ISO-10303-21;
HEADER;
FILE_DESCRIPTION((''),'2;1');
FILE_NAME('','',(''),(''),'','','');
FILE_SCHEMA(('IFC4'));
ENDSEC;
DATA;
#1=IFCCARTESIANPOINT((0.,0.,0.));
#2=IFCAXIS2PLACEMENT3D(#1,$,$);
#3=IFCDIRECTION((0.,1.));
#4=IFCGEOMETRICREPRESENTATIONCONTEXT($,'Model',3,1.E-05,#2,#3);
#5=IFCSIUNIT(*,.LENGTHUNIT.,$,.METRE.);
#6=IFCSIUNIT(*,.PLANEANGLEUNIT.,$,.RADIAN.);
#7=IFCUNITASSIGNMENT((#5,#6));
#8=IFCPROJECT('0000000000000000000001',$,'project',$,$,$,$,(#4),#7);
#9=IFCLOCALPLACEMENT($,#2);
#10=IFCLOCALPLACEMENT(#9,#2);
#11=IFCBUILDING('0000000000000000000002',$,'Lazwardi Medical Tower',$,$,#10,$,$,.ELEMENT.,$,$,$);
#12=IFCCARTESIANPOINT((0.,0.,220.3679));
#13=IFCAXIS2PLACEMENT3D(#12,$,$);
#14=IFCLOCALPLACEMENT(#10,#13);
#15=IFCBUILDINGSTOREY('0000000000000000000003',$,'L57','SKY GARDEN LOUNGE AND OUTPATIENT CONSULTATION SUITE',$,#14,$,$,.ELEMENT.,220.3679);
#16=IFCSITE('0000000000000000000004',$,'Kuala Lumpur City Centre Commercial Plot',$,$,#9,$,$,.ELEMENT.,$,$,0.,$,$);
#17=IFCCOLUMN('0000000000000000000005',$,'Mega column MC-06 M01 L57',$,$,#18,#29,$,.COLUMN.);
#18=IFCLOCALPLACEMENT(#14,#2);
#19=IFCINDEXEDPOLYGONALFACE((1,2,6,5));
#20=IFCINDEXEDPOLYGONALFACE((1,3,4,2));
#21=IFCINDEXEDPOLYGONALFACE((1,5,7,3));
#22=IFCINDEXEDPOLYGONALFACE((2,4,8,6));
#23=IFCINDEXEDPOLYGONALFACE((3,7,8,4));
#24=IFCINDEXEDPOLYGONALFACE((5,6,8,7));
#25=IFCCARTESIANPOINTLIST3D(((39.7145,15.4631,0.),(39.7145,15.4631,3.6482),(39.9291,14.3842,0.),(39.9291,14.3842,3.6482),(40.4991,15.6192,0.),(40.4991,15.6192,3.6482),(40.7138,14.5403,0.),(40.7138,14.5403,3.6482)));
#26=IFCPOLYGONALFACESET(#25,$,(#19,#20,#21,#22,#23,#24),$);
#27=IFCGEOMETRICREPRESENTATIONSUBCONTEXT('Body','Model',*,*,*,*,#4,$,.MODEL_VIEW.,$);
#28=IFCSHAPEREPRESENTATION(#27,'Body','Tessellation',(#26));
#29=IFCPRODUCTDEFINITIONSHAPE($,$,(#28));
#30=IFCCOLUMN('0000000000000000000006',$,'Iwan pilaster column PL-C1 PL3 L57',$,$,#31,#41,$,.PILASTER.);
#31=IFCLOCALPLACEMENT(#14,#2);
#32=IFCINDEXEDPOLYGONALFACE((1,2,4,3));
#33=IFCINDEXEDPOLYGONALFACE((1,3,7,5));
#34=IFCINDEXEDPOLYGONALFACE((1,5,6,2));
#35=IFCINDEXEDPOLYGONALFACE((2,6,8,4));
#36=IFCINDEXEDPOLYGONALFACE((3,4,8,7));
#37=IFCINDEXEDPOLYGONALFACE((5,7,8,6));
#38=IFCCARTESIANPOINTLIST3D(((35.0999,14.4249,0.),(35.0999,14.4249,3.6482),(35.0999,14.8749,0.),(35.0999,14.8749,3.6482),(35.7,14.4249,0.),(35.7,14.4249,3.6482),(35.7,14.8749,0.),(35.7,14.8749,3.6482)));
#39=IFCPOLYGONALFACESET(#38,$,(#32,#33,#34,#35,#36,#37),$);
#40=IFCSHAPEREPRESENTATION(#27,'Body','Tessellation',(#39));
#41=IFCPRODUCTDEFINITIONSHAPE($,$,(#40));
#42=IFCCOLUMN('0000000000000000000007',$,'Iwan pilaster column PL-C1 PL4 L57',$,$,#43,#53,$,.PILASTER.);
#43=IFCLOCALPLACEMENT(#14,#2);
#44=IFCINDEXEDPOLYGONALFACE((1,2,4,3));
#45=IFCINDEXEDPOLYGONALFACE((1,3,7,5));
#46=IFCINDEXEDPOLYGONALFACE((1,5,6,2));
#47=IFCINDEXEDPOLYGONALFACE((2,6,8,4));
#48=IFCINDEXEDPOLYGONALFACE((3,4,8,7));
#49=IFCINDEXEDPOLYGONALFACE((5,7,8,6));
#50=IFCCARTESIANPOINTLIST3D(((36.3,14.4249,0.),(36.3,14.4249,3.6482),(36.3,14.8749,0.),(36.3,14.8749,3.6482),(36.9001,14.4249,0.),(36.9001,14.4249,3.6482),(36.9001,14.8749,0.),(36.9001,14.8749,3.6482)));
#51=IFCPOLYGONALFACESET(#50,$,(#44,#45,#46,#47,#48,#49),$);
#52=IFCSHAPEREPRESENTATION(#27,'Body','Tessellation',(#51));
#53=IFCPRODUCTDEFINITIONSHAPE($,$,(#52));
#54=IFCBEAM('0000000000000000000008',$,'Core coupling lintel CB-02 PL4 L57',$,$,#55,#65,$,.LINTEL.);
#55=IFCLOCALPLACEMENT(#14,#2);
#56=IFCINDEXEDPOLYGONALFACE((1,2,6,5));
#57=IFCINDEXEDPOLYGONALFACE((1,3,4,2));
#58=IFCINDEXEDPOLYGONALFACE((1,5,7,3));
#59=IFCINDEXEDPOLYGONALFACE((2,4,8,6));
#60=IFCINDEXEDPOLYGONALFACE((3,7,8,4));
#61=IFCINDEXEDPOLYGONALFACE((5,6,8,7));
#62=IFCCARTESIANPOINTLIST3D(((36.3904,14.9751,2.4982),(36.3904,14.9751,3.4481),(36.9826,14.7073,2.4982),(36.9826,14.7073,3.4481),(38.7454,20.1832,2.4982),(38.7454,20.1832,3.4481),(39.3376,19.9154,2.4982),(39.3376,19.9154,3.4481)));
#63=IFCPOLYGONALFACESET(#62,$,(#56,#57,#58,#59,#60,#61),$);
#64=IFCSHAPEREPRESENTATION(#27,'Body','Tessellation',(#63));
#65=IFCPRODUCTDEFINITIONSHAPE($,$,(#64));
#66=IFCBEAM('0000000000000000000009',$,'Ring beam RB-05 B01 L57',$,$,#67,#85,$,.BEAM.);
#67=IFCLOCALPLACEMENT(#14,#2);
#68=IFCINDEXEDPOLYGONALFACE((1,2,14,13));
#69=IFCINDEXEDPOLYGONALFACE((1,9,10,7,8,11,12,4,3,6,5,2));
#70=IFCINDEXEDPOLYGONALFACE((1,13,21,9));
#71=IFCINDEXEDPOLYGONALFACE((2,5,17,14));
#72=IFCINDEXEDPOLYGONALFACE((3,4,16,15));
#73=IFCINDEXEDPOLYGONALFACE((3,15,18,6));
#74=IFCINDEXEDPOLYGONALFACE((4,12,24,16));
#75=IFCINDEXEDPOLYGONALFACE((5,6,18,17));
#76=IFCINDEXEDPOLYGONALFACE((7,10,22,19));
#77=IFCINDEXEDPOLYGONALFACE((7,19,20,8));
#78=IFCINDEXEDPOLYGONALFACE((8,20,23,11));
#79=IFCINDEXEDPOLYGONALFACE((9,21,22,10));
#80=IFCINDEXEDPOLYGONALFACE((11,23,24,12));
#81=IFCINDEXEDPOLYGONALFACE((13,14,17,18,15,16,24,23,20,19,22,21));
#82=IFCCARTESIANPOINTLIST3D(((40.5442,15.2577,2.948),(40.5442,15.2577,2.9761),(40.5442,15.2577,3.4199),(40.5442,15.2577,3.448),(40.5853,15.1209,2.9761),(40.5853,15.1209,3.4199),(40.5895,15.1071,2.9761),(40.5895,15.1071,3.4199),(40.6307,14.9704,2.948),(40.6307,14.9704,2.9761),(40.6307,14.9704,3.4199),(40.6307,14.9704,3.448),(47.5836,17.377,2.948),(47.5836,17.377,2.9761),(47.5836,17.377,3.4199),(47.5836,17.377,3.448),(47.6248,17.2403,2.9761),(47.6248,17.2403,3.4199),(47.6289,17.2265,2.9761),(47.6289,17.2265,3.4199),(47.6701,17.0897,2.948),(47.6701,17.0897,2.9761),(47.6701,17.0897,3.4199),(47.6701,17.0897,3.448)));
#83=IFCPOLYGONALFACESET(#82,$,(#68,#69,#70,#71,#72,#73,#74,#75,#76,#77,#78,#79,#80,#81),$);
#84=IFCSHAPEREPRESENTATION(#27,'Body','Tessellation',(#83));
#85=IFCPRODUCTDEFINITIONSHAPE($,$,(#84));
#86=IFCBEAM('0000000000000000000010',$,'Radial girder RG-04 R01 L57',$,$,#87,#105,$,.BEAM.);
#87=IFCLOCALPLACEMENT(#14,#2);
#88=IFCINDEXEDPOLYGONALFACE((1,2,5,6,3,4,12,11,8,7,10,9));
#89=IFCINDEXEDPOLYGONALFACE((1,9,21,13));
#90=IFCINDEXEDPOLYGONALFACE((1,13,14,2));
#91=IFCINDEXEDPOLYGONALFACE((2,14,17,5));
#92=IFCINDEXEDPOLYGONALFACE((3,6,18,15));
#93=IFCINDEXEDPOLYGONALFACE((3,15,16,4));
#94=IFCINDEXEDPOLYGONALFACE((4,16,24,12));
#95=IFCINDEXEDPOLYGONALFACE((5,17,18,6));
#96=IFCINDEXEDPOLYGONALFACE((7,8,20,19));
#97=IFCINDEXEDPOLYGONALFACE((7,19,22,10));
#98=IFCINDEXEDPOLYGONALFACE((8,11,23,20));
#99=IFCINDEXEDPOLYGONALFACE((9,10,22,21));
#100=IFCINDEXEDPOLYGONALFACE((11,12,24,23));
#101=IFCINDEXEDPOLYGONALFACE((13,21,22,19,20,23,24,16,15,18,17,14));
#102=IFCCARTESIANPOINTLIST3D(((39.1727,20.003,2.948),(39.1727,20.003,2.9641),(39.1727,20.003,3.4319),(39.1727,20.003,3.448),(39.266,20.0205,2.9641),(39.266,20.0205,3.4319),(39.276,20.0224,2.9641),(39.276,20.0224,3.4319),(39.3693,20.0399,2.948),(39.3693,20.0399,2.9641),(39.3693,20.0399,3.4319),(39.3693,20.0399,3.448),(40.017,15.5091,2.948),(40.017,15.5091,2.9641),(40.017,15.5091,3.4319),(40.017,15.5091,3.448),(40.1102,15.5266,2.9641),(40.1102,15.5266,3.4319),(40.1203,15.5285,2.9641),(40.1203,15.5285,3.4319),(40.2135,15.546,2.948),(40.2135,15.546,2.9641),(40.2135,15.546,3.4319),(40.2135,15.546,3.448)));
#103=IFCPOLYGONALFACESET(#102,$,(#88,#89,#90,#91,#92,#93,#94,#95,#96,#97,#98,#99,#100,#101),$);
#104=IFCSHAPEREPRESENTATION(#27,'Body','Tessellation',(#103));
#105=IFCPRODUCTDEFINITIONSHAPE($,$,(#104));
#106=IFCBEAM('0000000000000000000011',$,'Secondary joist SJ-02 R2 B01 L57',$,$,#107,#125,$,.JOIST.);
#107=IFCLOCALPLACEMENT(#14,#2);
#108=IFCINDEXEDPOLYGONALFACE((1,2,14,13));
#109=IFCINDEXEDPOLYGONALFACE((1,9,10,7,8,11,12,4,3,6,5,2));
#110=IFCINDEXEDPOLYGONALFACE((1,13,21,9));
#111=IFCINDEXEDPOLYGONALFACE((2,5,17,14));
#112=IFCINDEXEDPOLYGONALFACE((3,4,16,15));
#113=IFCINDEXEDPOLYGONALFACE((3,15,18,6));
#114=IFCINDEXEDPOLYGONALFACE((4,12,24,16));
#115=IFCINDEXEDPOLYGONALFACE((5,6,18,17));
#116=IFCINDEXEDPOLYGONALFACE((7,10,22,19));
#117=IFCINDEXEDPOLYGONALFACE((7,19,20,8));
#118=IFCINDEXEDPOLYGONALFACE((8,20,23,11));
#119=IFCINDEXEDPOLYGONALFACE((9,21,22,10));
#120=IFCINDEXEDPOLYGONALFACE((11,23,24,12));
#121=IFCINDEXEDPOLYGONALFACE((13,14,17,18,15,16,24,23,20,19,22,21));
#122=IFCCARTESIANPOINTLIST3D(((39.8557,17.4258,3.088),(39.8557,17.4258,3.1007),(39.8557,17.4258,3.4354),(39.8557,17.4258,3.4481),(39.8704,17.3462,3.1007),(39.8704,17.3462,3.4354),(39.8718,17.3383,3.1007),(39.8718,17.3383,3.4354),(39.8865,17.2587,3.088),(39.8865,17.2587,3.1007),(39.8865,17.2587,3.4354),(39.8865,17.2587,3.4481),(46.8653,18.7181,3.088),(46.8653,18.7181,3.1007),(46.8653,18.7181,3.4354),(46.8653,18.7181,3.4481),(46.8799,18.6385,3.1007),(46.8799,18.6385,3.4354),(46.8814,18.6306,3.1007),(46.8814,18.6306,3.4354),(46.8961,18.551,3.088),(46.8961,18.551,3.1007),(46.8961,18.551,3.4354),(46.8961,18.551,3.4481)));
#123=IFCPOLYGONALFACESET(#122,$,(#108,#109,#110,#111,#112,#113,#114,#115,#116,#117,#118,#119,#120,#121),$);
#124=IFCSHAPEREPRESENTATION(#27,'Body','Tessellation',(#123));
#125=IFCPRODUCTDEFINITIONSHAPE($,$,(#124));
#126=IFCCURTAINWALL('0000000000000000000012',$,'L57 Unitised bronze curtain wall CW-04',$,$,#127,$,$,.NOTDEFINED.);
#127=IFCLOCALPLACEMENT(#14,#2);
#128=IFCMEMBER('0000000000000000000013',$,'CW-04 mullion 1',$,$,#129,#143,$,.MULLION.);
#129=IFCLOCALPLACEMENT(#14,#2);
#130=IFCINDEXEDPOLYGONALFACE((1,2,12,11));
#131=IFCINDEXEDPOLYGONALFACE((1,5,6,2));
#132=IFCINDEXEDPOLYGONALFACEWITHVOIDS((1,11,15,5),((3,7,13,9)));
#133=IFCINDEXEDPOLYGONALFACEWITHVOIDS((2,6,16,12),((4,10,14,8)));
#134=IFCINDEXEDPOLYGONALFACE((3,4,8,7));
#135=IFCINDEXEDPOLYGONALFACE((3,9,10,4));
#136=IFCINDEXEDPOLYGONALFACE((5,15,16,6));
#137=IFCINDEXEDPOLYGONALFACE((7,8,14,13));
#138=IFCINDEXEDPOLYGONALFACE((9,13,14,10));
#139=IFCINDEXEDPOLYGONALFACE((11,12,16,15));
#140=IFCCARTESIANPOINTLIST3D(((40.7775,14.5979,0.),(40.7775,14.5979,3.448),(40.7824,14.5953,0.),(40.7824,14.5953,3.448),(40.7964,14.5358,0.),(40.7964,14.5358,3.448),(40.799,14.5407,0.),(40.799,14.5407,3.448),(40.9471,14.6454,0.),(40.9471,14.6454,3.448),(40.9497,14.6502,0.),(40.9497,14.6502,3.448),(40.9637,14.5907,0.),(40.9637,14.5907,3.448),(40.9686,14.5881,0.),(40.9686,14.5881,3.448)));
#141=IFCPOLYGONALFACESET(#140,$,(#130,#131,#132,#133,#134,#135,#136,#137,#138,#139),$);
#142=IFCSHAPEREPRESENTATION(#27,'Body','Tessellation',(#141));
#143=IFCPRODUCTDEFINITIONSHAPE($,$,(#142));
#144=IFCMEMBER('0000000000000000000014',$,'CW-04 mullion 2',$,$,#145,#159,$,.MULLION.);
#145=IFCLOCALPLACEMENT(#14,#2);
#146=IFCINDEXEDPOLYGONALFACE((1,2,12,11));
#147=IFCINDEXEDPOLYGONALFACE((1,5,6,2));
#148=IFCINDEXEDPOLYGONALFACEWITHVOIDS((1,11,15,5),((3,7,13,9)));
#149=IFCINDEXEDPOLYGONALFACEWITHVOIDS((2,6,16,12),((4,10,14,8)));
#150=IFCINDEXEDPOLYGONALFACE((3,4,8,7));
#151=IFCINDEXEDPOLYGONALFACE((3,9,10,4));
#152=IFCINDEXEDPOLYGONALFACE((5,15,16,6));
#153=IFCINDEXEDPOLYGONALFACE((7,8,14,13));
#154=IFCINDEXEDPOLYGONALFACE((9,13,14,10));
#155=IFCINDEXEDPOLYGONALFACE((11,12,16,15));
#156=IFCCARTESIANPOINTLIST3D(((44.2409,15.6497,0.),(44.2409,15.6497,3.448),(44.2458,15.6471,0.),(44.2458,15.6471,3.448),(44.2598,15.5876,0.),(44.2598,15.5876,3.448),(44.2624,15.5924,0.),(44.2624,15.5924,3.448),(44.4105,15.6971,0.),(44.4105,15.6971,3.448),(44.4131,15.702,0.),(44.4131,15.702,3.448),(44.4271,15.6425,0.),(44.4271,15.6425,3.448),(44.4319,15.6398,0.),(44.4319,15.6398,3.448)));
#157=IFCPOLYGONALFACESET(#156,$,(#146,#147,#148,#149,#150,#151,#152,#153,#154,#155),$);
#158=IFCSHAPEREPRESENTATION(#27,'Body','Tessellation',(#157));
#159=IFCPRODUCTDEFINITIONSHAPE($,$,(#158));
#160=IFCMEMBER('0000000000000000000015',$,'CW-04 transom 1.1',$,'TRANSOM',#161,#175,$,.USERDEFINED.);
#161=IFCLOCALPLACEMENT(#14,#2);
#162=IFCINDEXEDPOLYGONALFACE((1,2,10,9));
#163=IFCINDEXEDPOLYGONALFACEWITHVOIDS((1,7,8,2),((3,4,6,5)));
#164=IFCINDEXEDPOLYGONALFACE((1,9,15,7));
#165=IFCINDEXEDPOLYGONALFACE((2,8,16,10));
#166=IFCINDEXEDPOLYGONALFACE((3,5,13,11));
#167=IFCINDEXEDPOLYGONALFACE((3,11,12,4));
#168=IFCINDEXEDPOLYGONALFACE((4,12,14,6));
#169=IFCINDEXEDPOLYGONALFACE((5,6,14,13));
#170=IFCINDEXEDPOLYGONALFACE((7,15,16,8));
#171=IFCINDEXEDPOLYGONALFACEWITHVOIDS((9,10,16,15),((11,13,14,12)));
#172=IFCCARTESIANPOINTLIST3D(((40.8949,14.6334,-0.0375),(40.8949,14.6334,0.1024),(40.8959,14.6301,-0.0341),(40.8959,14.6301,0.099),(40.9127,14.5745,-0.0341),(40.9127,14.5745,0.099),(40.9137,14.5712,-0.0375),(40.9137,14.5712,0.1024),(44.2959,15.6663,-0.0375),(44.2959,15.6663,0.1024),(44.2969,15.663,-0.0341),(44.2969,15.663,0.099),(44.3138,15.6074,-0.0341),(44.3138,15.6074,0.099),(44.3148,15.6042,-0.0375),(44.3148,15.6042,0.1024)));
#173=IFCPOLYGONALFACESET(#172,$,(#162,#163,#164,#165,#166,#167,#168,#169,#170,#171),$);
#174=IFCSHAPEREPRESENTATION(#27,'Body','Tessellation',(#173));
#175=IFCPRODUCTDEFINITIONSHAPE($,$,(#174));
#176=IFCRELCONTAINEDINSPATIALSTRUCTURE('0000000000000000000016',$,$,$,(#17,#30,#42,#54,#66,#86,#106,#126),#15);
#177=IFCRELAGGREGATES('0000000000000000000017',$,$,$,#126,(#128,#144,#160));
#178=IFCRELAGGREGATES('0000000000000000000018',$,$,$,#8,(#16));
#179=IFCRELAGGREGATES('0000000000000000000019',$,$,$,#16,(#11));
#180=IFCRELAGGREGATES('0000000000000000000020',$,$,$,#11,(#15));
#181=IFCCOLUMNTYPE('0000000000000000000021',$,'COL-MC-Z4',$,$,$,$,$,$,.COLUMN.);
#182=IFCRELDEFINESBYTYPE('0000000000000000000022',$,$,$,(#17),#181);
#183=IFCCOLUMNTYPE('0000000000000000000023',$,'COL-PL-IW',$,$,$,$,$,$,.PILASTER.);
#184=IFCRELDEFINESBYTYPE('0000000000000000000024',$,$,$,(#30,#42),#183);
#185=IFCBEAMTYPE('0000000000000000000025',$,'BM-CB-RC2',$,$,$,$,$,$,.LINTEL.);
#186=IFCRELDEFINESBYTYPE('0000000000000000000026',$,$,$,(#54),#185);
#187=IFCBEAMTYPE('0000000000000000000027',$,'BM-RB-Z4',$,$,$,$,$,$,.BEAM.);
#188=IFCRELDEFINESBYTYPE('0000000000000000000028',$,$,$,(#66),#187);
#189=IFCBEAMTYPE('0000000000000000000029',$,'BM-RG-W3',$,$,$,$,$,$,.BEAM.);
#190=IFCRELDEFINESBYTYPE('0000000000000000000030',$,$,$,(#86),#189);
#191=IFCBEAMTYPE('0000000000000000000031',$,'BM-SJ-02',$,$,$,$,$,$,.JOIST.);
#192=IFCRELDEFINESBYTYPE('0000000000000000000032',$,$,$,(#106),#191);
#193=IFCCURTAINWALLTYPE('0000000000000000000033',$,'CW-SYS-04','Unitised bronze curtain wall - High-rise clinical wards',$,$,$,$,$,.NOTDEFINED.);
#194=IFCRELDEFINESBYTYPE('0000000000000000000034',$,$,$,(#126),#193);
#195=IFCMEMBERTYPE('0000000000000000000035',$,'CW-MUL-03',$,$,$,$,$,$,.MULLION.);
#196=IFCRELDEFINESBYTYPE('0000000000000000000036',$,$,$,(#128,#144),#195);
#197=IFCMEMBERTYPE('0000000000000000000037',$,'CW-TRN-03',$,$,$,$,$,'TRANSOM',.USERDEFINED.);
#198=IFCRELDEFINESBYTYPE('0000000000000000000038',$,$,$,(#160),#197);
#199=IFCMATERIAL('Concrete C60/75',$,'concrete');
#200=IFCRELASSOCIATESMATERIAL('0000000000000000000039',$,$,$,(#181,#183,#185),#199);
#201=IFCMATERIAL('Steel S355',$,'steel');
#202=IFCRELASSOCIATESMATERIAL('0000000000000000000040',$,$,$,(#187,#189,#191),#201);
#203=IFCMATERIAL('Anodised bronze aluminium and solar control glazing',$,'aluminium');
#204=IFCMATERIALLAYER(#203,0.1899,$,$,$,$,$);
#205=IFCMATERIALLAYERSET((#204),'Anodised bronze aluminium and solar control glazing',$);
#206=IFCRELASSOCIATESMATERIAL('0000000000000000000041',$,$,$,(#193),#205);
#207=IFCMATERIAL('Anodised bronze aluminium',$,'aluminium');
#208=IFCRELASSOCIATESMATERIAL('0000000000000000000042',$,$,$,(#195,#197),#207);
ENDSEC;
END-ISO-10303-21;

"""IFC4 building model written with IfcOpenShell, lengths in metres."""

from ifc_helpers import new_model, si_unit, direction, frame, origin, origin_2d, place, context, subcontext, project, spatial, rectangle, hollow_rectangle, i_section, extrude, material, layer, layer_set, material_profile, profile_set, type_object, element, aggregate, save


model = new_model("IFC4")

# Units and contexts
model_context = context("Model", 3, precision=1e-05, world=origin(), true_north=direction((0.0, 1.0)))
body_context = subcontext(model_context, "Body", "Model", "MODEL_VIEW")
ifc_project = project(units=[si_unit("LENGTHUNIT", "METRE"), si_unit("PLANEANGLEUNIT", "RADIAN")], contexts=[model_context])

# Site, building, storey
site_placement = place(None, origin())
site = spatial("IfcSite", under=ifc_project, at=site_placement, Name="Kuala Lumpur City Centre Commercial Plot", CompositionType="ELEMENT", RefElevation=0.0)
building_placement = place(site_placement, origin())
building = spatial("IfcBuilding", under=site, at=building_placement, Name="Lazwardi Medical Tower", CompositionType="ELEMENT")
storey_placement = place(building_placement, frame((0.0, 0.0, 220.3679)))
storey = spatial("IfcBuildingStorey", under=building, at=storey_placement, Name="L57", Description="SKY GARDEN LOUNGE AND OUTPATIENT CONSULTATION SUITE", CompositionType="ELEMENT", Elevation=220.3679)

# Columns
ifc_material_1 = material(Name="Concrete C60/75", Category="concrete")
ifc_material_profile_1 = material_profile(ifc_material_1, rectangle(XDim=1.1001, YDim=0.8, at=origin_2d()), Name="CFT-RECT 1100x800")
ifc_profile_set_1 = profile_set([ifc_material_profile_1], Name="Concrete C60/75")
column_type_1 = type_object("IfcColumnType", Name="COL-MC-Z4", PredefinedType="COLUMN", material=ifc_profile_set_1)
column_placement = place(storey_placement, frame((40.2141, 15.0017, 0.0), z_axis=(0.0, 0.0, 1.0), x_axis=(0.19509, -0.980785, 0.0)))
element("IfcColumn", 1, at=column_placement, inside=storey, type_object=column_type_1, Name="Mega column MC-06 M01 L57", PredefinedType="COLUMN", context=body_context, shape_type="SweptSolid", body=[
    extrude(rectangle(XDim=1.1001, YDim=0.8, at=origin_2d()), origin(), (0.0, 0.0, 1.0), 3.6482),
])
ifc_material_profile_2 = material_profile(ifc_material_1, rectangle(XDim=0.6001, YDim=0.45, at=origin_2d()), Name="RC 600x450")
ifc_profile_set_2 = profile_set([ifc_material_profile_2], Name="Concrete C60/75")
column_type_2 = type_object("IfcColumnType", Name="COL-PL-IW", PredefinedType="PILASTER", material=ifc_profile_set_2)
for number, where, z_axis, x_axis, name in (
    (2, (35.3999, 14.6499, 0.0), (0.0, 0.0, 1.0), (1.0, 0.0, 0.0), "Iwan pilaster column PL-C1 PL3 L57"),
    (3, (36.6001, 14.6499, 0.0), (0.0, 0.0, 1.0), (1.0, 0.0, 0.0), "Iwan pilaster column PL-C1 PL4 L57"),
):
    element("IfcColumn", number, at=place(storey_placement, frame(where, z_axis=z_axis, x_axis=x_axis)), inside=storey, type_object=column_type_2, Name=name, PredefinedType="PILASTER", context=body_context, shape_type="SweptSolid", body=[
        extrude(rectangle(XDim=0.6001, YDim=0.45, at=origin_2d()), origin(), (0.0, 0.0, 1.0), 3.6482),
    ])

# Beams
ifc_material_profile_3 = material_profile(ifc_material_1, rectangle(XDim=0.6499, YDim=0.95, at=origin_2d()), Name="RC 650x950")
ifc_profile_set_3 = profile_set([ifc_material_profile_3], Name="Concrete C60/75")
beam_type_1 = type_object("IfcBeamType", Name="BM-CB-RC2", PredefinedType="LINTEL", material=ifc_profile_set_3)
beam_1_placement = place(storey_placement, frame((39.0415, 20.0493, 2.9731), z_axis=(-0.412019, -0.911175, 0.0), x_axis=(0.911175, -0.412019, 0.0)))
element("IfcBeam", 4, at=beam_1_placement, inside=storey, type_object=beam_type_1, Name="Core coupling lintel CB-02 PL4 L57", PredefinedType="LINTEL", context=body_context, shape_type="SweptSolid", body=[
    extrude(rectangle(XDim=0.6499, YDim=0.95, at=origin_2d()), origin(), (0.0, 0.0, 1.0), 5.7158),
])
ifc_material_2 = material(Name="Steel S355", Category="steel")
ifc_material_profile_4 = material_profile(ifc_material_2, i_section(OverallWidth=0.3, OverallDepth=0.5, WebThickness=0.0144, FlangeThickness=0.0281, at=origin_2d()), Name="HEB 500")
ifc_profile_set_4 = profile_set([ifc_material_profile_4], Name="Steel S355")
beam_type_2 = type_object("IfcBeamType", Name="BM-RB-Z4", PredefinedType="BEAM", material=ifc_profile_set_4)
beam_2_placement = place(storey_placement, frame((40.5874, 15.114, 3.198), z_axis=(0.957544, 0.288286, 0.0), x_axis=(-0.288286, 0.957544, 0.0)))
element("IfcBeam", 5, at=beam_2_placement, inside=storey, type_object=beam_type_2, Name="Ring beam RB-05 B01 L57", PredefinedType="BEAM", context=body_context, shape_type="SweptSolid", body=[
    extrude(i_section(OverallWidth=0.3, OverallDepth=0.5, WebThickness=0.0144, FlangeThickness=0.0281, at=origin_2d()), origin(), (0.0, 0.0, 1.0), 7.3516),
])
ifc_material_profile_5 = material_profile(ifc_material_2, i_section(OverallWidth=0.2, OverallDepth=0.5, WebThickness=0.0103, FlangeThickness=0.0161, at=origin_2d()), Name="IPE 500")
ifc_profile_set_5 = profile_set([ifc_material_profile_5], Name="Steel S355")
beam_type_3 = type_object("IfcBeamType", Name="BM-RG-W3", PredefinedType="BEAM", material=ifc_profile_set_5)
beam_3_placement = place(storey_placement, frame((40.1152, 15.5276, 3.198), z_axis=(-0.184633, 0.982807, 0.0), x_axis=(-0.982807, -0.184633, 0.0)))
element("IfcBeam", 6, at=beam_3_placement, inside=storey, type_object=beam_type_3, Name="Radial girder RG-04 R01 L57", PredefinedType="BEAM", context=body_context, shape_type="SweptSolid", body=[
    extrude(i_section(OverallWidth=0.2, OverallDepth=0.5, WebThickness=0.0103, FlangeThickness=0.0161, at=origin_2d()), origin(), (0.0, 0.0, 1.0), 4.5725),
])
ifc_material_profile_6 = material_profile(ifc_material_2, i_section(OverallWidth=0.1699, OverallDepth=0.3601, WebThickness=0.0081, FlangeThickness=0.0127, at=origin_2d()), Name="IPE 360")
ifc_profile_set_6 = profile_set([ifc_material_profile_6], Name="Steel S355")
beam_type_4 = type_object("IfcBeamType", Name="BM-SJ-02", PredefinedType="JOIST", material=ifc_profile_set_6)
beam_4_placement = place(storey_placement, frame((39.8711, 17.3423, 3.2681), z_axis=(0.983428, 0.181299, 0.0), x_axis=(-0.181299, 0.983428, 0.0)))
element("IfcBeam", 7, at=beam_4_placement, inside=storey, type_object=beam_type_4, Name="Secondary joist SJ-02 R2 B01 L57", PredefinedType="JOIST", context=body_context, shape_type="SweptSolid", body=[
    extrude(i_section(OverallWidth=0.1699, OverallDepth=0.3601, WebThickness=0.0081, FlangeThickness=0.0127, at=origin_2d()), origin(), (0.0, 0.0, 1.0), 7.1277),
])

# Curtain wall, members
ifc_material_3 = material(Name="Anodised bronze aluminium and solar control glazing", Category="aluminium")
ifc_layer_1 = layer(ifc_material_3, 0.1899)
ifc_layer_set_1 = layer_set([ifc_layer_1], Name="Anodised bronze aluminium and solar control glazing")
curtain_wall_type = type_object("IfcCurtainWallType", Name="CW-SYS-04", Description="Unitised bronze curtain wall - High-rise clinical wards", PredefinedType="NOTDEFINED", material=ifc_layer_set_1)
curtain_wall_placement = place(storey_placement, origin())
curtain_wall = element("IfcCurtainWall", 8, at=curtain_wall_placement, inside=storey, type_object=curtain_wall_type, Name="L57 Unitised bronze curtain wall CW-04", PredefinedType="NOTDEFINED")
ifc_material_4 = material(Name="Anodised bronze aluminium", Category="aluminium")
ifc_material_profile_7 = material_profile(ifc_material_4, hollow_rectangle(XDim=0.0649, YDim=0.1799, WallThickness=0.0039, at=origin_2d()), Name="ALU-MULLION 180x65x4")
ifc_profile_set_7 = profile_set([ifc_material_profile_7], Name="Anodised bronze aluminium")
member_type_1 = type_object("IfcMemberType", Name="CW-MUL-03", PredefinedType="MULLION", material=ifc_profile_set_7)
member_1_placement = place(storey_placement, frame((40.873, 14.593, 0.0), z_axis=(0.0, 0.0, 1.0), x_axis=(-0.290582, 0.95685, 0.0)))
member_1 = element("IfcMember", 9, at=member_1_placement, type_object=member_type_1, Name="CW-04 mullion 1", PredefinedType="MULLION", context=body_context, shape_type="SweptSolid", body=[
    extrude(hollow_rectangle(XDim=0.0649, YDim=0.1799, WallThickness=0.0039, at=origin_2d()), origin(), (0.0, 0.0, 1.0), 3.448),
])
member_2_placement = place(storey_placement, frame((44.3364, 15.6448, 0.0), z_axis=(0.0, 0.0, 1.0), x_axis=(-0.290582, 0.95685, 0.0)))
member_2 = element("IfcMember", 10, at=member_2_placement, type_object=member_type_1, Name="CW-04 mullion 2", PredefinedType="MULLION", context=body_context, shape_type="SweptSolid", body=[
    extrude(hollow_rectangle(XDim=0.0649, YDim=0.1799, WallThickness=0.0039, at=origin_2d()), origin(), (0.0, 0.0, 1.0), 3.448),
])
ifc_material_profile_8 = material_profile(ifc_material_4, hollow_rectangle(XDim=0.0649, YDim=0.1399, WallThickness=0.0034, at=origin_2d()), Name="ALU-TRANSOM 140x65x3.5")
ifc_profile_set_8 = profile_set([ifc_material_profile_8], Name="Anodised bronze aluminium")
member_type_2 = type_object("IfcMemberType", Name="CW-TRN-03", ElementType="TRANSOM", PredefinedType="USERDEFINED", material=ifc_profile_set_8)
member_3_placement = place(storey_placement, frame((40.9043, 14.6023, 0.0325), z_axis=(0.956843, 0.290604, 0.0), x_axis=(-0.290604, 0.956843, 0.0)))
member_3 = element("IfcMember", 11, at=member_3_placement, type_object=member_type_2, Name="CW-04 transom 1.1", ObjectType="TRANSOM", PredefinedType="USERDEFINED", context=body_context, shape_type="SweptSolid", body=[
    extrude(hollow_rectangle(XDim=0.0649, YDim=0.1399, WallThickness=0.0034, at=origin_2d()), origin(), (0.0, 0.0, 1.0), 3.5544),
])
aggregate(curtain_wall, [member_1, member_2, member_3])

save(model, "model.ifc")
